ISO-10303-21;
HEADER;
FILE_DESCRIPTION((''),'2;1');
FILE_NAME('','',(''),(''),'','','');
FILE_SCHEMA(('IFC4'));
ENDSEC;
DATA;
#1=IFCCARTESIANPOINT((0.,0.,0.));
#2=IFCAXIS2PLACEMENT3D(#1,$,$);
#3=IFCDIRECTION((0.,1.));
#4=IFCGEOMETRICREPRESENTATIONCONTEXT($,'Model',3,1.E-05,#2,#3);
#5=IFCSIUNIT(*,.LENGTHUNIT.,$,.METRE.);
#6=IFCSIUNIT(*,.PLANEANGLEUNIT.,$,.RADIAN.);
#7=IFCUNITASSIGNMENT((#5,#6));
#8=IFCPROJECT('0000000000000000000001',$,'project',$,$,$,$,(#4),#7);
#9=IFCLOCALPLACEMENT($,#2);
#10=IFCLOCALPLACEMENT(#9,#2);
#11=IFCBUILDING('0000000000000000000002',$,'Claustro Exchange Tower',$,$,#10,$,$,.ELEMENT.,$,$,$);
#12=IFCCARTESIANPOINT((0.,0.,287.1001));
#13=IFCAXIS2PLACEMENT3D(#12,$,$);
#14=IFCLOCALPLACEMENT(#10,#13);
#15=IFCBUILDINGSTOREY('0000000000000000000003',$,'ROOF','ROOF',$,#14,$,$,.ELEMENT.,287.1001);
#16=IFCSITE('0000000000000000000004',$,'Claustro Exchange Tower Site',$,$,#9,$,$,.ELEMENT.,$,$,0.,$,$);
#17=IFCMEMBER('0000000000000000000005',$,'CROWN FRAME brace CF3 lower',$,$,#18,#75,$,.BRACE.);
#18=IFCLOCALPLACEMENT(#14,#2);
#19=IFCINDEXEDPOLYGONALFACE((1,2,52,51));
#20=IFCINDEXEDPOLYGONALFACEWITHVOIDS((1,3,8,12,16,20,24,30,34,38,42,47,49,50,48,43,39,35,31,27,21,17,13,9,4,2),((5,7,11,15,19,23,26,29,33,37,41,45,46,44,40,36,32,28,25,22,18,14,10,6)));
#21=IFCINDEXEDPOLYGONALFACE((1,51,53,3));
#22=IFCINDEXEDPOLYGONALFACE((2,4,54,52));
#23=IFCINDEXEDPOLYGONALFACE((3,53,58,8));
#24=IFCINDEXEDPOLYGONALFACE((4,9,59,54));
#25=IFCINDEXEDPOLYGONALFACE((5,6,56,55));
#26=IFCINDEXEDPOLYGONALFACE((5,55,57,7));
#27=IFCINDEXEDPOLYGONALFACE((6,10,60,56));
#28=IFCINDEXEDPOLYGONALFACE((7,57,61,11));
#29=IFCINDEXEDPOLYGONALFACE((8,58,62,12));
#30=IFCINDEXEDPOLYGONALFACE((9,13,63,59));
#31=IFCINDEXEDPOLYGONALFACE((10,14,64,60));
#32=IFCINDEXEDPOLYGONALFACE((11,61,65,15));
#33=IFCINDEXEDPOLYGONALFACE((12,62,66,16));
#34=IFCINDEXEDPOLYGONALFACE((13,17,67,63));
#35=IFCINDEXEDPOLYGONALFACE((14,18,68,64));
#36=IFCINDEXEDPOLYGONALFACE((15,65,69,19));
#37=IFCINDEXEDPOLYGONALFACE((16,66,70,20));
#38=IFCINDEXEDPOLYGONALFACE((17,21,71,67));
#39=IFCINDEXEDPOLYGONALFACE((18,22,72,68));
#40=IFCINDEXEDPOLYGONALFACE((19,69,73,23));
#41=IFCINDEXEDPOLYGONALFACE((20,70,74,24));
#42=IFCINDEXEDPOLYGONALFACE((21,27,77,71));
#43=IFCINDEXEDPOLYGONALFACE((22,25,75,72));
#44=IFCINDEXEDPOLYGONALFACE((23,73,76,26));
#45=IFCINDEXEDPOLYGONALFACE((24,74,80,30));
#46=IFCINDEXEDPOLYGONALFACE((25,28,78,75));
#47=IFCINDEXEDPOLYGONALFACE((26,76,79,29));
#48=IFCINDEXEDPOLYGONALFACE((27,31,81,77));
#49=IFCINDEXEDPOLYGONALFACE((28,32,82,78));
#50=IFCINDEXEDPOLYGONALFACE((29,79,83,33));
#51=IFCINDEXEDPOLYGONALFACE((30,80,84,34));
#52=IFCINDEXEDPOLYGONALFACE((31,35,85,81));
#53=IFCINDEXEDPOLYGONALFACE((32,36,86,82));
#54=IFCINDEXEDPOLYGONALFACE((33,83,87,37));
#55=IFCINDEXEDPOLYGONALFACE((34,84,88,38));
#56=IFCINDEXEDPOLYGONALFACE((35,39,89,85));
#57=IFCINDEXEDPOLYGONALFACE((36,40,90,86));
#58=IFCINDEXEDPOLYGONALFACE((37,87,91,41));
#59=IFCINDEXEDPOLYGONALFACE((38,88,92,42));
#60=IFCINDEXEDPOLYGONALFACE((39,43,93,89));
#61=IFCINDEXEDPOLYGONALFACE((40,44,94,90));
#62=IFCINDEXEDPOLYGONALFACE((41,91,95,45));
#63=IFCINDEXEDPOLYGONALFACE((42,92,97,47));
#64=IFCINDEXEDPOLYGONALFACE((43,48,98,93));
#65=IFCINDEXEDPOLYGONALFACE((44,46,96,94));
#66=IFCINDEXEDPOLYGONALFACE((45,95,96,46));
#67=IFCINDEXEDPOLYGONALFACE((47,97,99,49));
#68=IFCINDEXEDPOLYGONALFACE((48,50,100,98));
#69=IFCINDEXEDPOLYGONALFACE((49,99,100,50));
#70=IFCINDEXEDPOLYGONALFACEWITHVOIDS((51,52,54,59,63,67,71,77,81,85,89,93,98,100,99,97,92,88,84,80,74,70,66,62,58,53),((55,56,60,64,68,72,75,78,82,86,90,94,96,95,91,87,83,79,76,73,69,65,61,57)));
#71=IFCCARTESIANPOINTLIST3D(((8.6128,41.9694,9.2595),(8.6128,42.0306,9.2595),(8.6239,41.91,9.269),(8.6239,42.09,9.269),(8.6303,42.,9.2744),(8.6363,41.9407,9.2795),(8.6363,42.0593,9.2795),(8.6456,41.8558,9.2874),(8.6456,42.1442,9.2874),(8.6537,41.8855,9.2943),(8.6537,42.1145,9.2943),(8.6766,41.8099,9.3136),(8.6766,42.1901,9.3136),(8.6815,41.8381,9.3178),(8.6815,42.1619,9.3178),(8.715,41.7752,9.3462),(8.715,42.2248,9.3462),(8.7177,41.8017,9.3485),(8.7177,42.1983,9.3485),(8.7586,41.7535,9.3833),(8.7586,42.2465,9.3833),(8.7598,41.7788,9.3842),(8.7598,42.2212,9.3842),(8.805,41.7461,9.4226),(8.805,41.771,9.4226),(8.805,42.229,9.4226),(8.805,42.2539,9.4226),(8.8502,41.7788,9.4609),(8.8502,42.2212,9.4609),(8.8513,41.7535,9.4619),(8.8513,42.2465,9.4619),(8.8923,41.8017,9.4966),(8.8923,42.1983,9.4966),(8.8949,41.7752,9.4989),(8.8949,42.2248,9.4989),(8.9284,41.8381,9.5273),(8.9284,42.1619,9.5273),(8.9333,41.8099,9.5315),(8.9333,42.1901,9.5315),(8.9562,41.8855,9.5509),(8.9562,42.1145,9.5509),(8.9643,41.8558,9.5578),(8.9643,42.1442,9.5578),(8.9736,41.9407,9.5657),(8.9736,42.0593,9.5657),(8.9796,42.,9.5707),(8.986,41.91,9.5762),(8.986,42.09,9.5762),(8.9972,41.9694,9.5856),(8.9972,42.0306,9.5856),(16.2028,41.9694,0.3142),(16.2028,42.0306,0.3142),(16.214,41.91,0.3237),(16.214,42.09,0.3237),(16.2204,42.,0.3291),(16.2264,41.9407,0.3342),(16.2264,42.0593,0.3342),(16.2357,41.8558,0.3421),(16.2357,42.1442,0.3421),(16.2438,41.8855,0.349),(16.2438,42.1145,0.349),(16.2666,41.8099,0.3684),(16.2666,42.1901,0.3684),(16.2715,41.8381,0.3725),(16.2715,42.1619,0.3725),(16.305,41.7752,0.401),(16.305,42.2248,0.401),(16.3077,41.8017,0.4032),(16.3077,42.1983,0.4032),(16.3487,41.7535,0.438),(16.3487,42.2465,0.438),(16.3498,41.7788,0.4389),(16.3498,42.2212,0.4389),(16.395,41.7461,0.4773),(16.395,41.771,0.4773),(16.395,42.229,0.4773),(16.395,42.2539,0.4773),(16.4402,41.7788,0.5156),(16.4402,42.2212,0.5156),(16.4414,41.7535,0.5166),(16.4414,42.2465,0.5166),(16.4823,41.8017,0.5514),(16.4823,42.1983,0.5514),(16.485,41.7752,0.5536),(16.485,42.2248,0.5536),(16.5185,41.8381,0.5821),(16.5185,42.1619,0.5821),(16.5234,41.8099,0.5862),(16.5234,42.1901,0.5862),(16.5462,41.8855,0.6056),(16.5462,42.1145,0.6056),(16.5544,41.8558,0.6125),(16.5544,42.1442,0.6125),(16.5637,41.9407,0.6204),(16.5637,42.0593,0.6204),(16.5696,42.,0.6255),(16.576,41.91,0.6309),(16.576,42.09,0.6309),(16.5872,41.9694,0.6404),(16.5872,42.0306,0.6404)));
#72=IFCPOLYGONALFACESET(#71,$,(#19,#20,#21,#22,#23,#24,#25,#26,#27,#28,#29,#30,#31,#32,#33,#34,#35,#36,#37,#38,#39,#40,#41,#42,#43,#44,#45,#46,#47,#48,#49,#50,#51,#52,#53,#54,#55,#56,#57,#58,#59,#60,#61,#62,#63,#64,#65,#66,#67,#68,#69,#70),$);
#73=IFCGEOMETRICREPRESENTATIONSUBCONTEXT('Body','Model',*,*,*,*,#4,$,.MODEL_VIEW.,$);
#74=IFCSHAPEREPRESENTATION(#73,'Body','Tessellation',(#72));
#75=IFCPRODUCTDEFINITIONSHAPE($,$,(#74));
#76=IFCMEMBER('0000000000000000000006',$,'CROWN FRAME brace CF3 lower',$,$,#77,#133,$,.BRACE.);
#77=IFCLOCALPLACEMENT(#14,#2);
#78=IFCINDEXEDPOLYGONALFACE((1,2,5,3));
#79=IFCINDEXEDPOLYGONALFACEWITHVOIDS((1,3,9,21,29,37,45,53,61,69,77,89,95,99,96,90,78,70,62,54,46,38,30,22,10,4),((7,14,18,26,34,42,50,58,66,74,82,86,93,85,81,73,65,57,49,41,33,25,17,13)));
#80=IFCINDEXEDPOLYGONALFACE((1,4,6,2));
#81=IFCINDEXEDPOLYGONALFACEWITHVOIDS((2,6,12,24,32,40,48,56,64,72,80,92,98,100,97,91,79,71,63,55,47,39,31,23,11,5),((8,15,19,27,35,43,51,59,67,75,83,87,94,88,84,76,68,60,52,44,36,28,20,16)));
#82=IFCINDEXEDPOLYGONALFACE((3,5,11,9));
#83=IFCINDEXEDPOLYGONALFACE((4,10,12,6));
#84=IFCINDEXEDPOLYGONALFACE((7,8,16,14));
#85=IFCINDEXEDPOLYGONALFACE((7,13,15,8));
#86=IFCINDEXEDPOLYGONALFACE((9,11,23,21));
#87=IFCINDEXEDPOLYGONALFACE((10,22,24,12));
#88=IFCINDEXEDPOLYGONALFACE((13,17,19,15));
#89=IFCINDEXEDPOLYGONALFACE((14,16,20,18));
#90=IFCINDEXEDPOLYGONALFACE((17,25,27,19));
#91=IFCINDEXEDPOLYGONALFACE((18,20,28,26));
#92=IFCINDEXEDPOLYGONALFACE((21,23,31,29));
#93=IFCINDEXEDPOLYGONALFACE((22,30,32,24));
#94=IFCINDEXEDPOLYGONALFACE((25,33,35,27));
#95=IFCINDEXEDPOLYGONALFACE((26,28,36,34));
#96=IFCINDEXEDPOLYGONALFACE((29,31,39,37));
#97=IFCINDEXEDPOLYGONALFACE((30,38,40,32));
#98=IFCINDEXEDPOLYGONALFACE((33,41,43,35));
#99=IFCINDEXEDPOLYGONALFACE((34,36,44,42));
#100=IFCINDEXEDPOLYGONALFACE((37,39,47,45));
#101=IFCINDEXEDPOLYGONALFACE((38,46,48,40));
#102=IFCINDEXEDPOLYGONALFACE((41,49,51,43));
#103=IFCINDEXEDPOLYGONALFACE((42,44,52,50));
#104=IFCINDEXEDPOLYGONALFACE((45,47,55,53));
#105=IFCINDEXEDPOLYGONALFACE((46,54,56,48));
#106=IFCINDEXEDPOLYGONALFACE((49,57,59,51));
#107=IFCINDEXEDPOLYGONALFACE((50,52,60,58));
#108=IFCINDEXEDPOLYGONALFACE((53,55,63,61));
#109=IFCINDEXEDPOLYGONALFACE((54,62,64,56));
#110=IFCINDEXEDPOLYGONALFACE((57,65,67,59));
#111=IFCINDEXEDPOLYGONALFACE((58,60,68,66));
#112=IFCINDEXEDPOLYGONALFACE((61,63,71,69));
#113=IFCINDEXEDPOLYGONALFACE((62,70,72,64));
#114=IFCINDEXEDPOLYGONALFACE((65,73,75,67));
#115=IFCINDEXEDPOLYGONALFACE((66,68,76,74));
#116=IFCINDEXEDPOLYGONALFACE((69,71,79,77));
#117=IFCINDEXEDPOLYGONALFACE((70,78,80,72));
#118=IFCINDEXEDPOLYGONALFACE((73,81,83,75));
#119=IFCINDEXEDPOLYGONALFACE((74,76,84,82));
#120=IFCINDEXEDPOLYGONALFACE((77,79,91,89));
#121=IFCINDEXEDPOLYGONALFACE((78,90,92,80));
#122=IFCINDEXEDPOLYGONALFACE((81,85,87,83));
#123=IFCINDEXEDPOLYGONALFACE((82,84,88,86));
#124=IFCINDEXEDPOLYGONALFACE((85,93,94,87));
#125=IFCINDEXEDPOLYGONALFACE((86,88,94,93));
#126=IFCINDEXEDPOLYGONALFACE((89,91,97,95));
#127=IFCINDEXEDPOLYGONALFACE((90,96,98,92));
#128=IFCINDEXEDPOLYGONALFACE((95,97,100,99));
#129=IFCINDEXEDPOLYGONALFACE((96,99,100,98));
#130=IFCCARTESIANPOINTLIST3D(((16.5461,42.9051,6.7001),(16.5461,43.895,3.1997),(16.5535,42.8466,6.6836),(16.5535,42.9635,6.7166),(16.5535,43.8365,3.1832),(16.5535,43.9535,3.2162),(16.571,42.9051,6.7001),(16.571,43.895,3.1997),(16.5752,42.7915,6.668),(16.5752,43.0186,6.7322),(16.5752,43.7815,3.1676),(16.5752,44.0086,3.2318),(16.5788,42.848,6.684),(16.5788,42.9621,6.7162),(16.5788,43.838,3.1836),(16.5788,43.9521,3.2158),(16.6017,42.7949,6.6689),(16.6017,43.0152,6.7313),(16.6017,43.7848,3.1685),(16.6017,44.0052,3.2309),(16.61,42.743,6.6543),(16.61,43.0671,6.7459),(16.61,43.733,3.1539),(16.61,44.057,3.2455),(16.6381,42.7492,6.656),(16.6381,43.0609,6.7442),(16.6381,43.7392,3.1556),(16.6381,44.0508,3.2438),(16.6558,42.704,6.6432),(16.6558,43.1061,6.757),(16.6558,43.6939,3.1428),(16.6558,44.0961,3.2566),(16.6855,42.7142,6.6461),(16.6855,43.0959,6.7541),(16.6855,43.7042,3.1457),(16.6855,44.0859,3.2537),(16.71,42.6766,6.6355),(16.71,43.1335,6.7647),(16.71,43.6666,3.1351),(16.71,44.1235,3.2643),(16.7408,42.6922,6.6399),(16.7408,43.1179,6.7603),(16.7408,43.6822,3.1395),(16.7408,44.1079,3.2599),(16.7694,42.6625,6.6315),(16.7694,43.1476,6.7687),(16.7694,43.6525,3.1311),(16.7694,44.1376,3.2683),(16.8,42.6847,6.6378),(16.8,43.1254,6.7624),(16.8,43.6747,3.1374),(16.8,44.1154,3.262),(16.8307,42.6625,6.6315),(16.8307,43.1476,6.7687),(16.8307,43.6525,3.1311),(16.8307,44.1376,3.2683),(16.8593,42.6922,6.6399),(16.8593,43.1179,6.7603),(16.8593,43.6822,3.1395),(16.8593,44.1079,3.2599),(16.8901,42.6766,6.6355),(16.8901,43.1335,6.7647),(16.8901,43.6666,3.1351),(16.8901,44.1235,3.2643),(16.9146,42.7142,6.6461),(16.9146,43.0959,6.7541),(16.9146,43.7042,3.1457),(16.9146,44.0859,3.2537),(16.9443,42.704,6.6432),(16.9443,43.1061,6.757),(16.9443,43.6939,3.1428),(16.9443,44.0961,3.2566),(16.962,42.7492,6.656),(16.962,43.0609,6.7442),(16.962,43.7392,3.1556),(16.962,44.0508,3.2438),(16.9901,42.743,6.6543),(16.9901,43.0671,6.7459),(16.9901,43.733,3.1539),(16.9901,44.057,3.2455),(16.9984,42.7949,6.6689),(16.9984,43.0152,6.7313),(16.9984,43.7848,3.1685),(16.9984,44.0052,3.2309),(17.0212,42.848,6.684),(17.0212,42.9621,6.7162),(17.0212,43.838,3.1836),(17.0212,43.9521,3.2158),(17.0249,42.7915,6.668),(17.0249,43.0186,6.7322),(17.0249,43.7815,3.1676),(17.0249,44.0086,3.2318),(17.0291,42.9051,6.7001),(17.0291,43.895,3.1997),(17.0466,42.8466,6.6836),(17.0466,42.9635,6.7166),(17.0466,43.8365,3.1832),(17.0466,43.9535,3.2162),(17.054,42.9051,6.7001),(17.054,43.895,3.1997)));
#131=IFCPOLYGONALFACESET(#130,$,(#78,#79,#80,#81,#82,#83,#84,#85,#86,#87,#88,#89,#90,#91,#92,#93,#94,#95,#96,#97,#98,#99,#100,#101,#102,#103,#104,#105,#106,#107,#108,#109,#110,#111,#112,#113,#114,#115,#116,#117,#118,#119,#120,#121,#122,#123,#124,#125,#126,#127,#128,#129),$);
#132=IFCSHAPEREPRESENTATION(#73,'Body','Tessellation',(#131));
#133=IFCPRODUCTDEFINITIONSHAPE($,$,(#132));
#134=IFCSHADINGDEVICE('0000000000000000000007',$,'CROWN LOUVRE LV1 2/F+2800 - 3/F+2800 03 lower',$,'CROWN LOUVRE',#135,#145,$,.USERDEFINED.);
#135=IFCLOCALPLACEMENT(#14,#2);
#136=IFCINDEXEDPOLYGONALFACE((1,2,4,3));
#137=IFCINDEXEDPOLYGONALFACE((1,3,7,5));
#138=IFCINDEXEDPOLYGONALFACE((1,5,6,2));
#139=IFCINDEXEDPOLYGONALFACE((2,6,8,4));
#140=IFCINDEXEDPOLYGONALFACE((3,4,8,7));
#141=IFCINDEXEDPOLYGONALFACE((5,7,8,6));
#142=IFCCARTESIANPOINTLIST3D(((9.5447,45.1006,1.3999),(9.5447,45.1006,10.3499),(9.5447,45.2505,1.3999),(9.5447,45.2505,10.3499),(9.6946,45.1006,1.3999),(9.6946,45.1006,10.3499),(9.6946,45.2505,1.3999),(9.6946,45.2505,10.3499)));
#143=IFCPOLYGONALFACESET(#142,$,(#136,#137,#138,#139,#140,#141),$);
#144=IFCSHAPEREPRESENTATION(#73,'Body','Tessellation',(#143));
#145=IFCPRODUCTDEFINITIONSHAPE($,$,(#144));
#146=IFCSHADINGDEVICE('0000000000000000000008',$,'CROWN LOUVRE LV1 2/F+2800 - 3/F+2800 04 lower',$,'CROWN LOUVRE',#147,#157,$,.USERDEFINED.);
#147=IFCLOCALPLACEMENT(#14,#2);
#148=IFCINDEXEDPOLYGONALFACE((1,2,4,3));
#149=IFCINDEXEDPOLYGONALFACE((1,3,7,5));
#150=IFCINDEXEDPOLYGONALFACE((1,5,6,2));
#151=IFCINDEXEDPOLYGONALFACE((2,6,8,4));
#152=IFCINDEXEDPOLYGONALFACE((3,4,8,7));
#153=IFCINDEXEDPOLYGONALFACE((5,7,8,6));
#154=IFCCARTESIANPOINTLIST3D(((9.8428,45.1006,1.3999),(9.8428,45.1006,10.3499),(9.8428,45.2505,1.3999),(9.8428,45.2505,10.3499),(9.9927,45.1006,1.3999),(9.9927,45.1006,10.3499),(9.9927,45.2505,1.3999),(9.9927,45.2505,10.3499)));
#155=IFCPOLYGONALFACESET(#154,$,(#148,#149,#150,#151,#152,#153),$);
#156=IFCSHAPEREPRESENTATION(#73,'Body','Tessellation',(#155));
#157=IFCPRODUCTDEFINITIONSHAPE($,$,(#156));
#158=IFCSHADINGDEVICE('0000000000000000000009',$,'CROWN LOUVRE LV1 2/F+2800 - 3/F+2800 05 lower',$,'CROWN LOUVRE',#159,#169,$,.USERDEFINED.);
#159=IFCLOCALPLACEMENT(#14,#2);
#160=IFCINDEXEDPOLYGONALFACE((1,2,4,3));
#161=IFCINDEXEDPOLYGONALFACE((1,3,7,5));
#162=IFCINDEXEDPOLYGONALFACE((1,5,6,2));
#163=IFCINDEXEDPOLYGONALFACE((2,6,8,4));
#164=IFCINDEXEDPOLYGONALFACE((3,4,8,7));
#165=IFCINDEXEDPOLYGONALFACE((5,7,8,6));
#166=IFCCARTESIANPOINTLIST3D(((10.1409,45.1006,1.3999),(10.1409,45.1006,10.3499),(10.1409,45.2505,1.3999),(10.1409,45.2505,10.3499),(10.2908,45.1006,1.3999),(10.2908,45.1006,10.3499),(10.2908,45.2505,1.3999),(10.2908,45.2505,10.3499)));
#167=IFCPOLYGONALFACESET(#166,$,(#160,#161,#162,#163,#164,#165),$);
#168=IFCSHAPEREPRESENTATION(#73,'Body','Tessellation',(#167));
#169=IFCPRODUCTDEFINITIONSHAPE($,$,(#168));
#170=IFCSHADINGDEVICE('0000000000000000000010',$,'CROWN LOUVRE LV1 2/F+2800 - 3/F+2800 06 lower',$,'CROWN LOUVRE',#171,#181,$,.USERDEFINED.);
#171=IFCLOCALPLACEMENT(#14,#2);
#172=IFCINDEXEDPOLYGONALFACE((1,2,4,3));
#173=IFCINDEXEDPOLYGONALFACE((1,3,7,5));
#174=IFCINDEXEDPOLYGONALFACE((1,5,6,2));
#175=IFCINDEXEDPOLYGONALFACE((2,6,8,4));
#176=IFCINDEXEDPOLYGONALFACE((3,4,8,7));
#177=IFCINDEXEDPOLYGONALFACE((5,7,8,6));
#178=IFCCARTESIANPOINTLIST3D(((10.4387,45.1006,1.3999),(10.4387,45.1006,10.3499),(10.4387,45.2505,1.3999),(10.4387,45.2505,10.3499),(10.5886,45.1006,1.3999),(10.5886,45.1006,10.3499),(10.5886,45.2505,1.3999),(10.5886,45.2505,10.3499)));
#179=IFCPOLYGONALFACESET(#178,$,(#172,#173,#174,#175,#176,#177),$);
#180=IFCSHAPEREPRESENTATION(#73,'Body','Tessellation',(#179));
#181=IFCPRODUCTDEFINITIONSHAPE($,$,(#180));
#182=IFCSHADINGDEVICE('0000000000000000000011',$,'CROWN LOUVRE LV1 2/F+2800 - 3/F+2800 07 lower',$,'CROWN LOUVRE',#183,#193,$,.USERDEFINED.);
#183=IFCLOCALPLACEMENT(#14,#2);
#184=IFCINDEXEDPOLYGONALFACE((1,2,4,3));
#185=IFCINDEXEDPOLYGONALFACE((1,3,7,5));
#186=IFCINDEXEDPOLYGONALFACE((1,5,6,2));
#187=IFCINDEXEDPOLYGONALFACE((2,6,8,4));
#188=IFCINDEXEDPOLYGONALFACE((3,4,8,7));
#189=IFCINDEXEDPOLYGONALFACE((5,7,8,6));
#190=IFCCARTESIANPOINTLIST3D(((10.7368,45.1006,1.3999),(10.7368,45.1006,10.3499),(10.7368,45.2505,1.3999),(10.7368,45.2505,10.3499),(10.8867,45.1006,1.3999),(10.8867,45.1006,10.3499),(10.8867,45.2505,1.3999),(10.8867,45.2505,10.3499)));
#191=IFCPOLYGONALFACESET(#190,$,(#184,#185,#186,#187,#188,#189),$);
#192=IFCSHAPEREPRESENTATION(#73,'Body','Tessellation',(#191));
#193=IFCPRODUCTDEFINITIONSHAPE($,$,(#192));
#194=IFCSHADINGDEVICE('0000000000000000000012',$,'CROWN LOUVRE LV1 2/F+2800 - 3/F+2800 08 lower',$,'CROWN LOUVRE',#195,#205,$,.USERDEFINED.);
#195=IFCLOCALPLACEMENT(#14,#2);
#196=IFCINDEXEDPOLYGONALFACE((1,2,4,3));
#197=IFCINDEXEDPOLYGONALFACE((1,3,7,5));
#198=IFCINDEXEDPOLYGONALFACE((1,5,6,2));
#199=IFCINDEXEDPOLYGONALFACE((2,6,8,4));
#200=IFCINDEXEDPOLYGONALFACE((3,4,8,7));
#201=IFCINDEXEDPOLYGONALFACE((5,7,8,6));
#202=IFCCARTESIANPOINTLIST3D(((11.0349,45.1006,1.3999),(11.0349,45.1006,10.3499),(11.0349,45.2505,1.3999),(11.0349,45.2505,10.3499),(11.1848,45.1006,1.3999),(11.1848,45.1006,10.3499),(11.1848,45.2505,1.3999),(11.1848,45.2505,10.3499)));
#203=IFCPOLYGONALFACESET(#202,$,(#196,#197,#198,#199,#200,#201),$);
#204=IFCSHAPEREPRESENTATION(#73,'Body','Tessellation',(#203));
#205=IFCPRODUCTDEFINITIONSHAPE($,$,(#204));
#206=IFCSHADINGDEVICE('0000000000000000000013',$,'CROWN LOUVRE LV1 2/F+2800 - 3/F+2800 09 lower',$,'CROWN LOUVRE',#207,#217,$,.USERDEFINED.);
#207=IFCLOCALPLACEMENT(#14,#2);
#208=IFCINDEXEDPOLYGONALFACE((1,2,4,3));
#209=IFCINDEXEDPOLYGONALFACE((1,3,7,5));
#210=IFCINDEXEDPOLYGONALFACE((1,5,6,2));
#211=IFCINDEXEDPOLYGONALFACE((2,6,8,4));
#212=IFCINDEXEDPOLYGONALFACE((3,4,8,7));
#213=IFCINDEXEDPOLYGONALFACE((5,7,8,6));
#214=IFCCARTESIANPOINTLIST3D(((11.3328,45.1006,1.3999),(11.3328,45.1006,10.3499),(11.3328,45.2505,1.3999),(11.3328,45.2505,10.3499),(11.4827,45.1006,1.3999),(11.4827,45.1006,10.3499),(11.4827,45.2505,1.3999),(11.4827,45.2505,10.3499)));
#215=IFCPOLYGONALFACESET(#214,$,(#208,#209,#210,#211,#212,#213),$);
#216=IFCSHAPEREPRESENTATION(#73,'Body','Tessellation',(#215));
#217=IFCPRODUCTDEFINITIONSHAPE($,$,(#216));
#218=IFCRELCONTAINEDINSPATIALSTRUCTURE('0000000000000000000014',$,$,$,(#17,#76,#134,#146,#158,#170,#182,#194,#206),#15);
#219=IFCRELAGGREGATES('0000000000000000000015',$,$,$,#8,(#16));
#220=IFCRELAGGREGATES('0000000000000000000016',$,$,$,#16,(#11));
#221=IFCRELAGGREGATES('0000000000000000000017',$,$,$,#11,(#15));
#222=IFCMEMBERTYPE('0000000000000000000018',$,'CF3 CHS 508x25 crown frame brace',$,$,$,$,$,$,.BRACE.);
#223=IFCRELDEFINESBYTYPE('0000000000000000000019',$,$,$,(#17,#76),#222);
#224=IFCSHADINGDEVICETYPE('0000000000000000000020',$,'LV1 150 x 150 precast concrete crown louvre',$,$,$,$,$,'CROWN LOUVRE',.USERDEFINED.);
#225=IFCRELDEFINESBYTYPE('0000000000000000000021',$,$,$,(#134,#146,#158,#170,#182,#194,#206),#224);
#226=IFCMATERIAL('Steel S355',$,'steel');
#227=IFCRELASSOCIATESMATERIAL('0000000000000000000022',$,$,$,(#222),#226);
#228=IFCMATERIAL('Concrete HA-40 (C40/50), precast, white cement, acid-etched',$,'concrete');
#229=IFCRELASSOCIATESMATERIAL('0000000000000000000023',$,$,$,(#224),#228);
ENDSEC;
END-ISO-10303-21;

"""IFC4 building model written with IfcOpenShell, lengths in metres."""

from ifc_helpers import new_model, si_unit, direction, frame, origin, origin_2d, place, context, subcontext, project, spatial, rectangle, hollow_circle, extrude, material, material_profile, profile_set, type_object, element, save


model = new_model("IFC4")

# Units and contexts
model_context = context("Model", 3, precision=1e-05, world=origin(), true_north=direction((0.0, 1.0)))
body_context = subcontext(model_context, "Body", "Model", "MODEL_VIEW")
ifc_project = project(units=[si_unit("LENGTHUNIT", "METRE"), si_unit("PLANEANGLEUNIT", "RADIAN")], contexts=[model_context])

# Site, building, storey
site_placement = place(None, origin())
site = spatial("IfcSite", under=ifc_project, at=site_placement, Name="Claustro Exchange Tower Site", CompositionType="ELEMENT", RefElevation=0.0)
building_placement = place(site_placement, origin())
building = spatial("IfcBuilding", under=site, at=building_placement, Name="Claustro Exchange Tower", CompositionType="ELEMENT")
storey_placement = place(building_placement, frame((0.0, 0.0, 287.1001)))
storey = spatial("IfcBuildingStorey", under=building, at=storey_placement, Name="ROOF", Description="ROOF", CompositionType="ELEMENT", Elevation=287.1001)

# Members
ifc_material_1 = material(Name="Steel S355", Category="steel")
ifc_material_profile_1 = material_profile(ifc_material_1, hollow_circle(Radius=0.2539, WallThickness=0.0249, at=origin_2d()), Name="CHS 508x25")
ifc_profile_set_1 = profile_set([ifc_material_profile_1], Name="Steel S355")
member_type = type_object("IfcMemberType", Name="CF3 CHS 508x25 crown frame brace", PredefinedType="BRACE", material=ifc_profile_set_1)
for number, where, z_axis, x_axis, name in (
    (1, (16.395, 42.0, 0.4773), (-0.646984, 0.0, 0.762504), (0.0, -1.0, 0.0), "CROWN FRAME brace CF3 lower"),
):
    element("IfcMember", number, at=place(storey_placement, frame(where, z_axis=z_axis, x_axis=x_axis)), inside=storey, type_object=member_type, Name=name, PredefinedType="BRACE", context=body_context, shape_type="SweptSolid", body=[
        extrude(hollow_circle(Radius=0.2539, WallThickness=0.0249, at=origin_2d()), origin(), (0.0, 0.0, 1.0), 11.7314),
    ])
member_placement = place(storey_placement, frame((16.8, 43.895, 3.1997), z_axis=(0.0, -0.272141, 0.962257), x_axis=(1.0, 0.0, 0.0)))
element("IfcMember", 2, at=member_placement, inside=storey, type_object=member_type, Name="CROWN FRAME brace CF3 lower", PredefinedType="BRACE", context=body_context, shape_type="SweptSolid", body=[
    extrude(hollow_circle(Radius=0.2539, WallThickness=0.0249, at=origin_2d()), origin(), (0.0, 0.0, 1.0), 3.6377),
])

# Shading devices
ifc_material_2 = material(Name="Concrete HA-40 (C40/50), precast, white cement, acid-etched", Category="concrete")
shading_device_type = type_object("IfcShadingDeviceType", Name="LV1 150 x 150 precast concrete crown louvre", ElementType="CROWN LOUVRE", PredefinedType="USERDEFINED", material=ifc_material_2)
for number, where, z_axis, x_axis, name in (
    (3, (9.6196, 45.1755, 1.3999), (0.0, 0.0, 1.0), (1.0, 0.0, 0.0), "CROWN LOUVRE LV1 2/F+2800 - 3/F+2800 03 lower"),
    (4, (9.9177, 45.1755, 1.3999), (0.0, 0.0, 1.0), (1.0, 0.0, 0.0), "CROWN LOUVRE LV1 2/F+2800 - 3/F+2800 04 lower"),
    (5, (10.2158, 45.1755, 1.3999), (0.0, 0.0, 1.0), (1.0, 0.0, 0.0), "CROWN LOUVRE LV1 2/F+2800 - 3/F+2800 05 lower"),
    (6, (10.5137, 45.1755, 1.3999), (0.0, 0.0, 1.0), (1.0, 0.0, 0.0), "CROWN LOUVRE LV1 2/F+2800 - 3/F+2800 06 lower"),
    (7, (10.8118, 45.1755, 1.3999), (0.0, 0.0, 1.0), (1.0, 0.0, 0.0), "CROWN LOUVRE LV1 2/F+2800 - 3/F+2800 07 lower"),
    (8, (11.1099, 45.1755, 1.3999), (0.0, 0.0, 1.0), (1.0, 0.0, 0.0), "CROWN LOUVRE LV1 2/F+2800 - 3/F+2800 08 lower"),
    (9, (11.4077, 45.1755, 1.3999), (0.0, 0.0, 1.0), (1.0, 0.0, 0.0), "CROWN LOUVRE LV1 2/F+2800 - 3/F+2800 09 lower"),
):
    element("IfcShadingDevice", number, at=place(storey_placement, frame(where, z_axis=z_axis, x_axis=x_axis)), inside=storey, type_object=shading_device_type, Name=name, ObjectType="CROWN LOUVRE", PredefinedType="USERDEFINED", context=body_context, shape_type="SweptSolid", body=[
        extrude(rectangle(XDim=0.1499, YDim=0.1499, at=origin_2d()), origin(), (0.0, 0.0, 1.0), 8.95),
    ])

save(model, "model.ifc")
